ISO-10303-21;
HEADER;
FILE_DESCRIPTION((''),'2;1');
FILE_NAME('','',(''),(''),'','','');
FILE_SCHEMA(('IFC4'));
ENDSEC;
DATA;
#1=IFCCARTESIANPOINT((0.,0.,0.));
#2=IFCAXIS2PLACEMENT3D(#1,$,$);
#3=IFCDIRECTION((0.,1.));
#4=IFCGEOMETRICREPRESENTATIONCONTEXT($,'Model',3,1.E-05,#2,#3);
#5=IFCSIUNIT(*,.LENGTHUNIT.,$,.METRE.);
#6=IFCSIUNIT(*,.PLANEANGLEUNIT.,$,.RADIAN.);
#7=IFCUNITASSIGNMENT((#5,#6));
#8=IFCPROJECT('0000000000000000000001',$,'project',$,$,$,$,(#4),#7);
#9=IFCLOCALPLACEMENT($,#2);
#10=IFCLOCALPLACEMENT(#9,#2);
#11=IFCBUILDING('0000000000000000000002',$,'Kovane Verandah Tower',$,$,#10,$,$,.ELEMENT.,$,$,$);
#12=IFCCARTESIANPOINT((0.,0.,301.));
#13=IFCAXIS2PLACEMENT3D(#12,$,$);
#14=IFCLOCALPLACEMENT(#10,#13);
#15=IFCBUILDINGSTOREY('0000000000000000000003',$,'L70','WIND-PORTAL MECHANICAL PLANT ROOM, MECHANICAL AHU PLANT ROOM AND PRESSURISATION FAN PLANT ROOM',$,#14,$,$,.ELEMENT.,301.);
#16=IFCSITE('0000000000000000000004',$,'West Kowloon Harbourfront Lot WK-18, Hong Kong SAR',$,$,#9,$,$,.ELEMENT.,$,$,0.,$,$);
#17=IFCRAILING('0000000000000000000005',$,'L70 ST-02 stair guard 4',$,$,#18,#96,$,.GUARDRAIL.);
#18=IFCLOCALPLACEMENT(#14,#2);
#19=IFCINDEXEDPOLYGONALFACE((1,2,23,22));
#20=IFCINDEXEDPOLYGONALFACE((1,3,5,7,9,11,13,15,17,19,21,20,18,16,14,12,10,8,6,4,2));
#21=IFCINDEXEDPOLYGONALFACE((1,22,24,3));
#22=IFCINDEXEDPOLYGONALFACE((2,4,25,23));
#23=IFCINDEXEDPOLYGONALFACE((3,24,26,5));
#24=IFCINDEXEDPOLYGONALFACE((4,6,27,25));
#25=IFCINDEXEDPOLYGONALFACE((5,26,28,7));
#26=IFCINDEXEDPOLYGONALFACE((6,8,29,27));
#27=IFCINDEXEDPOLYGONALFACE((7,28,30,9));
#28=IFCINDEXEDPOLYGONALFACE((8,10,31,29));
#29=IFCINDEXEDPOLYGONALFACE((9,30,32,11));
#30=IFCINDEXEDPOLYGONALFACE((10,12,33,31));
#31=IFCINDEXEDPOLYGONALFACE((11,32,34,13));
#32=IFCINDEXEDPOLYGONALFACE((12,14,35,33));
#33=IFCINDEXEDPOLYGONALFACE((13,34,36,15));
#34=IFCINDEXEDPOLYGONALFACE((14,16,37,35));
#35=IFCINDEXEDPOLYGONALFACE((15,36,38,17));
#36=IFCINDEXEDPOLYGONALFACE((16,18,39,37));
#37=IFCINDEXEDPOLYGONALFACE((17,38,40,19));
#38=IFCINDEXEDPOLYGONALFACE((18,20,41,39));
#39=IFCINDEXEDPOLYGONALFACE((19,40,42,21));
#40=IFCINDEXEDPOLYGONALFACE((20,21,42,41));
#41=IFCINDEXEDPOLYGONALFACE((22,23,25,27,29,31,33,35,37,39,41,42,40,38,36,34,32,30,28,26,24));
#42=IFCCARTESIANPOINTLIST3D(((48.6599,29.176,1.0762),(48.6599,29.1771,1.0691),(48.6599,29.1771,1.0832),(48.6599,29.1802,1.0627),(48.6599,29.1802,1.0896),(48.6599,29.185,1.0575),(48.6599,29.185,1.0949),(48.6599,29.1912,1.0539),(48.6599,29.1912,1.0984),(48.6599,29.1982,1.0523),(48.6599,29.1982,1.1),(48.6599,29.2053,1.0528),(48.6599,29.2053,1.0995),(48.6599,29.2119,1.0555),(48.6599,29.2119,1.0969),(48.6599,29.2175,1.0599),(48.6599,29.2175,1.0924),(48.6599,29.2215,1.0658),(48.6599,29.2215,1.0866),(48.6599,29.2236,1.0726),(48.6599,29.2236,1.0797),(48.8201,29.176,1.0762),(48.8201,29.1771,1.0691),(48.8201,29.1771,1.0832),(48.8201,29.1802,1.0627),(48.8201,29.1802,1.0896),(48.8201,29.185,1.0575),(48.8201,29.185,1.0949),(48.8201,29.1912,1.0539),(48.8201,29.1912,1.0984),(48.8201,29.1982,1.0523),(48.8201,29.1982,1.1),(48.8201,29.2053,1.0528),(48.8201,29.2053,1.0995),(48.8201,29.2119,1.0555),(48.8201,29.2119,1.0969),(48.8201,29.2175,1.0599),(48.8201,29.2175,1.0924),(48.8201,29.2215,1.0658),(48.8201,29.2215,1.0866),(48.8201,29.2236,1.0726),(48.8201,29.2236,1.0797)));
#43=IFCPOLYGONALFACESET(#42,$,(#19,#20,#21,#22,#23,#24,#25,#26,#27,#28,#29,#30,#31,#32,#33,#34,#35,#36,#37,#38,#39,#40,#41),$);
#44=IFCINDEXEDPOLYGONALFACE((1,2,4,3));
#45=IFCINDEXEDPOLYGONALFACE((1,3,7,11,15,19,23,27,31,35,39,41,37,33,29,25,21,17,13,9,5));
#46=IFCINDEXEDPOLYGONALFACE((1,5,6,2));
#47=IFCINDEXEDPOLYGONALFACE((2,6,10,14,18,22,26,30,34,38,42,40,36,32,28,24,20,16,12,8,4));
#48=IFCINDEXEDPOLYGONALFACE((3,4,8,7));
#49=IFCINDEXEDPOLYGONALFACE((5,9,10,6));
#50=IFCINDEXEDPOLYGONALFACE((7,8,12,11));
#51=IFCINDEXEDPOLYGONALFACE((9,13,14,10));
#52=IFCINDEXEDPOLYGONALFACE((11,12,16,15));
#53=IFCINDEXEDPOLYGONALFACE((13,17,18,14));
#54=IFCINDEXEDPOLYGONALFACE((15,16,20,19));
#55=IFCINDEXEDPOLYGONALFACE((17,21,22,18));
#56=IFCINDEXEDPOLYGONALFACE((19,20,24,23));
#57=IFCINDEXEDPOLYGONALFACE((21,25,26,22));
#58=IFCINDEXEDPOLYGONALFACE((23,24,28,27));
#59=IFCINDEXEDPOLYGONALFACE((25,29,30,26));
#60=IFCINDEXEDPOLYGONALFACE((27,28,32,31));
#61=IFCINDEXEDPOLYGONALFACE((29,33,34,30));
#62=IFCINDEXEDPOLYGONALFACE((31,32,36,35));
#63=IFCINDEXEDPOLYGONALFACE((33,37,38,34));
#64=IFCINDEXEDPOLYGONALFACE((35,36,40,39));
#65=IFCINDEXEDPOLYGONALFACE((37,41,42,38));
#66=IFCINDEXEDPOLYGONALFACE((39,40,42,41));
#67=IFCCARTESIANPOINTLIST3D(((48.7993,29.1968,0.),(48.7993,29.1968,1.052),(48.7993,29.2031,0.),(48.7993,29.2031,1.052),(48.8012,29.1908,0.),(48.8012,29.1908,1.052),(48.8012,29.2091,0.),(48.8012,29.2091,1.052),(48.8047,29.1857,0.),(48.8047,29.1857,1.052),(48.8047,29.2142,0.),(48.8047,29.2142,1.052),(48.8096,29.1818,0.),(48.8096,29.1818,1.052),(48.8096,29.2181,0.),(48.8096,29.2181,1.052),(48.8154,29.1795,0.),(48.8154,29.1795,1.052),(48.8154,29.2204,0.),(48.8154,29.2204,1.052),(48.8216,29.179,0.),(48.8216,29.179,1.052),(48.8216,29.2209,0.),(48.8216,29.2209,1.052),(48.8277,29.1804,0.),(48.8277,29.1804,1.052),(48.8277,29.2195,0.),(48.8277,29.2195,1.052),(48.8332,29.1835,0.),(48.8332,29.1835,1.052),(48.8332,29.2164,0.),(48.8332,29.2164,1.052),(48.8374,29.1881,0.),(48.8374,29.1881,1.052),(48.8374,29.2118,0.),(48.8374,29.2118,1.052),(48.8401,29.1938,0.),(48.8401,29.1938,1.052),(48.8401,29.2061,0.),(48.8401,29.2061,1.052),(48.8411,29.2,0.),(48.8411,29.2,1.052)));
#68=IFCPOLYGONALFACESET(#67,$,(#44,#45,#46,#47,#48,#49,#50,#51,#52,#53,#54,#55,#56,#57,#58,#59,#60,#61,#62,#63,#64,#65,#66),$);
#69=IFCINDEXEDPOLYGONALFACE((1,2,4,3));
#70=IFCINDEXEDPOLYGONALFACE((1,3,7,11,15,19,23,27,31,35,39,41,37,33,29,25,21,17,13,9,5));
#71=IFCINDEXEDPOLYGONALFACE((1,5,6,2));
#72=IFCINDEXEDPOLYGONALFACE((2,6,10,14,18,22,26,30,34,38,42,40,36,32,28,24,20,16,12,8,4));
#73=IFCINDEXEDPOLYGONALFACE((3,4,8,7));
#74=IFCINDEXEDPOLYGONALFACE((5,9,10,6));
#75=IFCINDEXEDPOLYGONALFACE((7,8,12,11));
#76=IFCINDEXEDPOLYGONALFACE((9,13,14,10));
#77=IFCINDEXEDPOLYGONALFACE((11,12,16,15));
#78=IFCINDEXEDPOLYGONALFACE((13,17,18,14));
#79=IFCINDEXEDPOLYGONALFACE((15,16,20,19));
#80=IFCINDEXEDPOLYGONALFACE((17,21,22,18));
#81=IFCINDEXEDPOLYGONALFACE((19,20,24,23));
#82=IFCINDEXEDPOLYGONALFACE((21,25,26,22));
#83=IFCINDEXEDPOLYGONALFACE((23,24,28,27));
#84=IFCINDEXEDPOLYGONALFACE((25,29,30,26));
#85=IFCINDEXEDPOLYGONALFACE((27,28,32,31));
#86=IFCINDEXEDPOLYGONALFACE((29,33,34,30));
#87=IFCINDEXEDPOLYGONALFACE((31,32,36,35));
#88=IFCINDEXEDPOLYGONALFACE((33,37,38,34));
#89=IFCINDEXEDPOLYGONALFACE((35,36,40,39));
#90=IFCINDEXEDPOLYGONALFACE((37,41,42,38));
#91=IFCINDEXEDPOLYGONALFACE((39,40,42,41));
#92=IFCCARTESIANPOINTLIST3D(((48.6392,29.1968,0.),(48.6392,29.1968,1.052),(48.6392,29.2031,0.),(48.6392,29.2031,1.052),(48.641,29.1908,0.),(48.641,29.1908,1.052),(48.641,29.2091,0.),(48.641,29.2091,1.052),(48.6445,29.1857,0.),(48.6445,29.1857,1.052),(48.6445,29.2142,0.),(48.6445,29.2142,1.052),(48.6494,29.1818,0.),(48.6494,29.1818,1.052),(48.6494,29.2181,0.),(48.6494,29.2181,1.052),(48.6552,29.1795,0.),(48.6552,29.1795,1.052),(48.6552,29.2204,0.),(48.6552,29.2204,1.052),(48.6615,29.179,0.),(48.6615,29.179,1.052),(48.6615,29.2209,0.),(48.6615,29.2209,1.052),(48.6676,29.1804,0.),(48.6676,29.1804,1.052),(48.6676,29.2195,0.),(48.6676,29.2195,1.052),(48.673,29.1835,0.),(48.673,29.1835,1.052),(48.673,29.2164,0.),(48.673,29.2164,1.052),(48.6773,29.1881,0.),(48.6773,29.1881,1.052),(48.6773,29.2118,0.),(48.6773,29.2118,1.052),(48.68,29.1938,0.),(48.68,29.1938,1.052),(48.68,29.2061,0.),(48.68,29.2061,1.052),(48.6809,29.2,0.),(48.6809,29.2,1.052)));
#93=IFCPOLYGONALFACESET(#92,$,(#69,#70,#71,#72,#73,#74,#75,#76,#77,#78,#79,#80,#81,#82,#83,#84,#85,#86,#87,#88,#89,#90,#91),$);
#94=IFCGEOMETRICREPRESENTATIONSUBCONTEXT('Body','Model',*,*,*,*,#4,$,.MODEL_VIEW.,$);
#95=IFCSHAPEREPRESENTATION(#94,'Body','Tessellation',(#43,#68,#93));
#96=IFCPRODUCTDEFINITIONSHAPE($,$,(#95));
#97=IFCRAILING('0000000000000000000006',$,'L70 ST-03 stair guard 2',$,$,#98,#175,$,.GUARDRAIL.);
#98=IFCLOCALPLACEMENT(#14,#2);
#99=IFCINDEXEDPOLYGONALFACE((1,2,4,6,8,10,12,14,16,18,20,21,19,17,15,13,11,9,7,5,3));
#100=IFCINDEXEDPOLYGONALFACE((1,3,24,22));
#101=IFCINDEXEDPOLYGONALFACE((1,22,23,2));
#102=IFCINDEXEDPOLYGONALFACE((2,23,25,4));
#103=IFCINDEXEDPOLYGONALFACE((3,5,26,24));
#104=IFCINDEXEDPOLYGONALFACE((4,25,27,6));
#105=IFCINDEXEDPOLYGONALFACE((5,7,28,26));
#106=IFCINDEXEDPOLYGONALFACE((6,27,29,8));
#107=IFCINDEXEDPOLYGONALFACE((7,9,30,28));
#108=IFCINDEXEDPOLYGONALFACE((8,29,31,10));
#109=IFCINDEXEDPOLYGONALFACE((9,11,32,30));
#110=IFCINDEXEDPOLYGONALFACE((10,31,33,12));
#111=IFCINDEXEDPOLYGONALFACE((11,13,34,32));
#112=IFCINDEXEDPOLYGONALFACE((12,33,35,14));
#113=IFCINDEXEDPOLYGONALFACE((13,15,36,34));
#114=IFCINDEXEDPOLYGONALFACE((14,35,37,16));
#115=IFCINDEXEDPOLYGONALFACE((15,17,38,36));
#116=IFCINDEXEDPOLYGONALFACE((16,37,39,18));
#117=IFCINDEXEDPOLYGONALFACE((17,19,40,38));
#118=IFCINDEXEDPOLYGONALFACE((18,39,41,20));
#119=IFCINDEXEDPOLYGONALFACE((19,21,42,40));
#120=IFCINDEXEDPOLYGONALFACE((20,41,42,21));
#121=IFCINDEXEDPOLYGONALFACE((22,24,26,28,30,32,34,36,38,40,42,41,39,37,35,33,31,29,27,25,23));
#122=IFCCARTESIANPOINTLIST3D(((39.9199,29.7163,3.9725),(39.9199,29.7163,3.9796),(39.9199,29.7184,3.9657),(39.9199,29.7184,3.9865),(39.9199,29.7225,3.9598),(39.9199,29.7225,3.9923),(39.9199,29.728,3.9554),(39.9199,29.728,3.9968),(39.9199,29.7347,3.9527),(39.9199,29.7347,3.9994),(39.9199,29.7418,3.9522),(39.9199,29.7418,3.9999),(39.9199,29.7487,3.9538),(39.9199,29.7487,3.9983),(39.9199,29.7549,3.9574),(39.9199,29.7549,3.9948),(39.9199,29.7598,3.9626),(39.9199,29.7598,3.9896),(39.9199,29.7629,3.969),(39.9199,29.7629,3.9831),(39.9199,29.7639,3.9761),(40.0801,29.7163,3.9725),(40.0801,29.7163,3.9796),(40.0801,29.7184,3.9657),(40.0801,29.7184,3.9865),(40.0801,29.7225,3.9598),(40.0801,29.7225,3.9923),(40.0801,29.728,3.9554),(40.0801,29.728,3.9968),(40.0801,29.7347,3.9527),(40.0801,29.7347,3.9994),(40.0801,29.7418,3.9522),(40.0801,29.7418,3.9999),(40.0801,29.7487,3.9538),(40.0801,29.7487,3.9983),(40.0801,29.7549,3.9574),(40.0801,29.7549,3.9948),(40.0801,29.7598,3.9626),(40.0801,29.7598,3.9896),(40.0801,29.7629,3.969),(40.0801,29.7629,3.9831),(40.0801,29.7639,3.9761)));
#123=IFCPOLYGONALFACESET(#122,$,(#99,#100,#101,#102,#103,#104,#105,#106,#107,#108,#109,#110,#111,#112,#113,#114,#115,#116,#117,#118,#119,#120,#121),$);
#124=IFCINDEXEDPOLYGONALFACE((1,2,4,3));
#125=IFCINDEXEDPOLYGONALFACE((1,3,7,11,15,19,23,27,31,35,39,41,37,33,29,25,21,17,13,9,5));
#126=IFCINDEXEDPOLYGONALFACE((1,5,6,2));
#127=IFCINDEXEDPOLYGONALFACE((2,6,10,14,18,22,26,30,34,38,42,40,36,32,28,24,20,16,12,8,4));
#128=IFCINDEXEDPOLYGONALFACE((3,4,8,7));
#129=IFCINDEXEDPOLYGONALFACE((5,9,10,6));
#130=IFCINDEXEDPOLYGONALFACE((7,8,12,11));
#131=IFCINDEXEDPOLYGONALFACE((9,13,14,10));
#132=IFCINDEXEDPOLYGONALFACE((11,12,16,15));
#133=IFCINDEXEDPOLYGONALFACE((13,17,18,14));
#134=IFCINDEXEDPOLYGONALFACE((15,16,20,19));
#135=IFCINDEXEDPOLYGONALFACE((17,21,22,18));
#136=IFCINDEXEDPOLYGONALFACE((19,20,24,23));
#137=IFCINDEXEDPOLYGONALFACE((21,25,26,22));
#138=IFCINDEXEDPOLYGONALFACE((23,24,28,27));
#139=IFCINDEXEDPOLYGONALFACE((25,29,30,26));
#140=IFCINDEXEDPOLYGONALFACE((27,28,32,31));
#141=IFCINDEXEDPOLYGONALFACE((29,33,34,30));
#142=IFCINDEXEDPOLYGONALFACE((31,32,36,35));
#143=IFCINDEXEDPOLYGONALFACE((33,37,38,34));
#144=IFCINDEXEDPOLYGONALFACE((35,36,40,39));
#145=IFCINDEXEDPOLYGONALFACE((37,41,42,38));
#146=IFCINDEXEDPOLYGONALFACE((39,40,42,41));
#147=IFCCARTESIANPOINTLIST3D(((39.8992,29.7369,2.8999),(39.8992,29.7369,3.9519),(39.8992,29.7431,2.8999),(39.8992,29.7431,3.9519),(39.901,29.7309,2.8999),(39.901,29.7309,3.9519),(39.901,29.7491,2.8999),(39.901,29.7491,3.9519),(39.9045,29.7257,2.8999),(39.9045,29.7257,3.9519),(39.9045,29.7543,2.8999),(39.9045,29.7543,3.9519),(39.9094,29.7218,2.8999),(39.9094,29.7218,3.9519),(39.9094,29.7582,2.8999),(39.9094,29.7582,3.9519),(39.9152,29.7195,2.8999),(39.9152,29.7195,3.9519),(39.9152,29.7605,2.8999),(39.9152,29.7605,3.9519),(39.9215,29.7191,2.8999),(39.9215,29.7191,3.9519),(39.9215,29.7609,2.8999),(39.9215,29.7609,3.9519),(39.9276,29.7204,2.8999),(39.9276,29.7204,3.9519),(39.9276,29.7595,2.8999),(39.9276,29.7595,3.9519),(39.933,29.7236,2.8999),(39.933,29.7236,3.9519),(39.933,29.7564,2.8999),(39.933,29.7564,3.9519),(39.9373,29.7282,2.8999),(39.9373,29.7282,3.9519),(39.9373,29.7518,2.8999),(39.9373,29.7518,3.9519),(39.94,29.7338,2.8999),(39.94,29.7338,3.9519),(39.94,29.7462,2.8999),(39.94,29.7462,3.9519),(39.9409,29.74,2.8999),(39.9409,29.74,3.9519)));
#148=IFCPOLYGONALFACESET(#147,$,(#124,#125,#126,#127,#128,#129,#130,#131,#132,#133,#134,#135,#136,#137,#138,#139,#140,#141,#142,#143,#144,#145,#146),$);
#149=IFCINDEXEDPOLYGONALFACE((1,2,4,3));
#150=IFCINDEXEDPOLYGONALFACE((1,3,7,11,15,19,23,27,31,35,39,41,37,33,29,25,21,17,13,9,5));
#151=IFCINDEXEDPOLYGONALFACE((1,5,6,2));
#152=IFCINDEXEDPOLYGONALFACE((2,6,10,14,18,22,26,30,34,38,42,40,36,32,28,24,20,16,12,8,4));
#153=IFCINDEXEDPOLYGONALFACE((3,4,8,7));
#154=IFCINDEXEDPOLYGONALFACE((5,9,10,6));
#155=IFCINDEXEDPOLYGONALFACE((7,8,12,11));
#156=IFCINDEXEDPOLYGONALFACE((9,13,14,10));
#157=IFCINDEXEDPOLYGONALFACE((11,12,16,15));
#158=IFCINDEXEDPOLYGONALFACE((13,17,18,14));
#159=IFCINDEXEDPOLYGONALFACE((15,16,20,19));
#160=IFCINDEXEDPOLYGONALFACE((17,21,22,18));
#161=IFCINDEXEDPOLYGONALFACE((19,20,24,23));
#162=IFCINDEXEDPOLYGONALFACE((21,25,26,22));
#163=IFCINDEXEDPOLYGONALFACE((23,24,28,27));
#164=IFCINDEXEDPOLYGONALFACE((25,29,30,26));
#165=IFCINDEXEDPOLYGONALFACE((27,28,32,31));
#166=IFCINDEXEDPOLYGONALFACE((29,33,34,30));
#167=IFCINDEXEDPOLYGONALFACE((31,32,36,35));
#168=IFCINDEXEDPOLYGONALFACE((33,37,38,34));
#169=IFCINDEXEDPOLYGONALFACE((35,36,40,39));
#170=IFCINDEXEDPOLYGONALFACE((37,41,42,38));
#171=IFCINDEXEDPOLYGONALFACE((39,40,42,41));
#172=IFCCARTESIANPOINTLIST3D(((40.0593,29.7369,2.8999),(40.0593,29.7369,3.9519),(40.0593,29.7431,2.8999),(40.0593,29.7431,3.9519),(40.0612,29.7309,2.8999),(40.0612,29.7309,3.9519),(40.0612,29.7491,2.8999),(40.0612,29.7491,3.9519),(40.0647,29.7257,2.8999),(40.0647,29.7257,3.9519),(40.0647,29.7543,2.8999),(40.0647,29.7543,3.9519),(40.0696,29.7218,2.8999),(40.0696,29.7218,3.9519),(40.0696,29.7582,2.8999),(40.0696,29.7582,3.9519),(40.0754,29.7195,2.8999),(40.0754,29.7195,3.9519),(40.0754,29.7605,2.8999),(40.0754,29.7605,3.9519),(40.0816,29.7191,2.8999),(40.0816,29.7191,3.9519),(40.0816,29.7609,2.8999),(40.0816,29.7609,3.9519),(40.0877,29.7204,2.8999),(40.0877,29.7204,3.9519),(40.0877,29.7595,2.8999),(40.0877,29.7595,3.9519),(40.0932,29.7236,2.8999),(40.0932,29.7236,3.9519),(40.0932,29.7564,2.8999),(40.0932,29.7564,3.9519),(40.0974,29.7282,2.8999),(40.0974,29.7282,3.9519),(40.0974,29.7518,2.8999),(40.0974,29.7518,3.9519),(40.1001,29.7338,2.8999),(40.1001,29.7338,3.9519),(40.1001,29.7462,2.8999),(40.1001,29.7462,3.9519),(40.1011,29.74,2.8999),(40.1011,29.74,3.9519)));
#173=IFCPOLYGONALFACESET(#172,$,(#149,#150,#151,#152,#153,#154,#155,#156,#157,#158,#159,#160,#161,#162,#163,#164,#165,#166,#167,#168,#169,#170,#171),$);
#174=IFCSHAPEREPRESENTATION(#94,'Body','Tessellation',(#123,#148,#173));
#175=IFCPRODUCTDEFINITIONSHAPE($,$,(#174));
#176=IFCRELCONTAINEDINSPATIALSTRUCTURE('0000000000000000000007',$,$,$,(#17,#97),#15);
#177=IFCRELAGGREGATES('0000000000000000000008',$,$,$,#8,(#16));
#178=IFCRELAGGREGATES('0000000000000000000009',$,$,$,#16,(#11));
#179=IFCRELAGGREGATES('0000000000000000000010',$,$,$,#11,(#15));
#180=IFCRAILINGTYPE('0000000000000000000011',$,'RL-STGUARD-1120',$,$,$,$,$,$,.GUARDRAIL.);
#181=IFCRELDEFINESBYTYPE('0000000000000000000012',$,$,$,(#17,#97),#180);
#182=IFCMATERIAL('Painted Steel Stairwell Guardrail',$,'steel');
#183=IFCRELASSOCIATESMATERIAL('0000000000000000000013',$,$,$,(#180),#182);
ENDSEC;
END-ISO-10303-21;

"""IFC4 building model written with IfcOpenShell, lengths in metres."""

from ifc_helpers import new_model, si_unit, direction, frame, origin, origin_2d, place, context, subcontext, project, spatial, circle, extrude, material, type_object, element, save


model = new_model("IFC4")

# Units and contexts
model_context = context("Model", 3, precision=1e-05, world=origin(), true_north=direction((0.0, 1.0)))
body_context = subcontext(model_context, "Body", "Model", "MODEL_VIEW")
ifc_project = project(units=[si_unit("LENGTHUNIT", "METRE"), si_unit("PLANEANGLEUNIT", "RADIAN")], contexts=[model_context])

# Site, building, storey
site_placement = place(None, origin())
site = spatial("IfcSite", under=ifc_project, at=site_placement, Name="West Kowloon Harbourfront Lot WK-18, Hong Kong SAR", CompositionType="ELEMENT", RefElevation=0.0)
building_placement = place(site_placement, origin())
building = spatial("IfcBuilding", under=site, at=building_placement, Name="Kovane Verandah Tower", CompositionType="ELEMENT")
storey_placement = place(building_placement, frame((0.0, 0.0, 301.0)))
storey = spatial("IfcBuildingStorey", under=building, at=storey_placement, Name="L70", Description="WIND-PORTAL MECHANICAL PLANT ROOM, MECHANICAL AHU PLANT ROOM AND PRESSURISATION FAN PLANT ROOM", CompositionType="ELEMENT", Elevation=301.0)

# Railings
ifc_material_1 = material(Name="Painted Steel Stairwell Guardrail", Category="steel")
railing_type_1 = type_object("IfcRailingType", Name="RL-STGUARD-1120", PredefinedType="GUARDRAIL", material=ifc_material_1)
railing_1_placement = place(storey_placement, frame((48.8201, 29.2, 0.0)))
element("IfcRailing", 1, at=railing_1_placement, inside=storey, type_object=railing_type_1, Name="L70 ST-02 stair guard 4", PredefinedType="GUARDRAIL", context=body_context, shape_type="SweptSolid", body=[
    extrude(circle(Radius=0.0239, at=origin_2d()), frame((0.0, 0.0, 1.0762), z_axis=(-1.0, 0.0, 0.0), x_axis=(0.0, -1.0, 0.0)), (0.0, 0.0, 1.0), 0.1602),
    extrude(circle(Radius=0.021, at=origin_2d()), origin(), (0.0, 0.0, 1.0), 1.052),
    extrude(circle(Radius=0.021, at=origin_2d()), frame((-0.1602, 0.0, 0.0)), (0.0, 0.0, 1.0), 1.052),
])
railing_2_placement = place(storey_placement, frame((39.9199, 29.74, 2.8999)))
element("IfcRailing", 2, at=railing_2_placement, inside=storey, type_object=railing_type_1, Name="L70 ST-03 stair guard 2", PredefinedType="GUARDRAIL", context=body_context, shape_type="SweptSolid", body=[
    extrude(circle(Radius=0.0239, at=origin_2d()), frame((0.0, 0.0, 1.0762), z_axis=(1.0, 0.0, 0.0), x_axis=(0.0, 1.0, 0.0)), (0.0, 0.0, 1.0), 0.1602),
    extrude(circle(Radius=0.021, at=origin_2d()), origin(), (0.0, 0.0, 1.0), 1.052),
    extrude(circle(Radius=0.021, at=origin_2d()), frame((0.1602, 0.0, 0.0)), (0.0, 0.0, 1.0), 1.052),
])

save(model, "model.ifc")
